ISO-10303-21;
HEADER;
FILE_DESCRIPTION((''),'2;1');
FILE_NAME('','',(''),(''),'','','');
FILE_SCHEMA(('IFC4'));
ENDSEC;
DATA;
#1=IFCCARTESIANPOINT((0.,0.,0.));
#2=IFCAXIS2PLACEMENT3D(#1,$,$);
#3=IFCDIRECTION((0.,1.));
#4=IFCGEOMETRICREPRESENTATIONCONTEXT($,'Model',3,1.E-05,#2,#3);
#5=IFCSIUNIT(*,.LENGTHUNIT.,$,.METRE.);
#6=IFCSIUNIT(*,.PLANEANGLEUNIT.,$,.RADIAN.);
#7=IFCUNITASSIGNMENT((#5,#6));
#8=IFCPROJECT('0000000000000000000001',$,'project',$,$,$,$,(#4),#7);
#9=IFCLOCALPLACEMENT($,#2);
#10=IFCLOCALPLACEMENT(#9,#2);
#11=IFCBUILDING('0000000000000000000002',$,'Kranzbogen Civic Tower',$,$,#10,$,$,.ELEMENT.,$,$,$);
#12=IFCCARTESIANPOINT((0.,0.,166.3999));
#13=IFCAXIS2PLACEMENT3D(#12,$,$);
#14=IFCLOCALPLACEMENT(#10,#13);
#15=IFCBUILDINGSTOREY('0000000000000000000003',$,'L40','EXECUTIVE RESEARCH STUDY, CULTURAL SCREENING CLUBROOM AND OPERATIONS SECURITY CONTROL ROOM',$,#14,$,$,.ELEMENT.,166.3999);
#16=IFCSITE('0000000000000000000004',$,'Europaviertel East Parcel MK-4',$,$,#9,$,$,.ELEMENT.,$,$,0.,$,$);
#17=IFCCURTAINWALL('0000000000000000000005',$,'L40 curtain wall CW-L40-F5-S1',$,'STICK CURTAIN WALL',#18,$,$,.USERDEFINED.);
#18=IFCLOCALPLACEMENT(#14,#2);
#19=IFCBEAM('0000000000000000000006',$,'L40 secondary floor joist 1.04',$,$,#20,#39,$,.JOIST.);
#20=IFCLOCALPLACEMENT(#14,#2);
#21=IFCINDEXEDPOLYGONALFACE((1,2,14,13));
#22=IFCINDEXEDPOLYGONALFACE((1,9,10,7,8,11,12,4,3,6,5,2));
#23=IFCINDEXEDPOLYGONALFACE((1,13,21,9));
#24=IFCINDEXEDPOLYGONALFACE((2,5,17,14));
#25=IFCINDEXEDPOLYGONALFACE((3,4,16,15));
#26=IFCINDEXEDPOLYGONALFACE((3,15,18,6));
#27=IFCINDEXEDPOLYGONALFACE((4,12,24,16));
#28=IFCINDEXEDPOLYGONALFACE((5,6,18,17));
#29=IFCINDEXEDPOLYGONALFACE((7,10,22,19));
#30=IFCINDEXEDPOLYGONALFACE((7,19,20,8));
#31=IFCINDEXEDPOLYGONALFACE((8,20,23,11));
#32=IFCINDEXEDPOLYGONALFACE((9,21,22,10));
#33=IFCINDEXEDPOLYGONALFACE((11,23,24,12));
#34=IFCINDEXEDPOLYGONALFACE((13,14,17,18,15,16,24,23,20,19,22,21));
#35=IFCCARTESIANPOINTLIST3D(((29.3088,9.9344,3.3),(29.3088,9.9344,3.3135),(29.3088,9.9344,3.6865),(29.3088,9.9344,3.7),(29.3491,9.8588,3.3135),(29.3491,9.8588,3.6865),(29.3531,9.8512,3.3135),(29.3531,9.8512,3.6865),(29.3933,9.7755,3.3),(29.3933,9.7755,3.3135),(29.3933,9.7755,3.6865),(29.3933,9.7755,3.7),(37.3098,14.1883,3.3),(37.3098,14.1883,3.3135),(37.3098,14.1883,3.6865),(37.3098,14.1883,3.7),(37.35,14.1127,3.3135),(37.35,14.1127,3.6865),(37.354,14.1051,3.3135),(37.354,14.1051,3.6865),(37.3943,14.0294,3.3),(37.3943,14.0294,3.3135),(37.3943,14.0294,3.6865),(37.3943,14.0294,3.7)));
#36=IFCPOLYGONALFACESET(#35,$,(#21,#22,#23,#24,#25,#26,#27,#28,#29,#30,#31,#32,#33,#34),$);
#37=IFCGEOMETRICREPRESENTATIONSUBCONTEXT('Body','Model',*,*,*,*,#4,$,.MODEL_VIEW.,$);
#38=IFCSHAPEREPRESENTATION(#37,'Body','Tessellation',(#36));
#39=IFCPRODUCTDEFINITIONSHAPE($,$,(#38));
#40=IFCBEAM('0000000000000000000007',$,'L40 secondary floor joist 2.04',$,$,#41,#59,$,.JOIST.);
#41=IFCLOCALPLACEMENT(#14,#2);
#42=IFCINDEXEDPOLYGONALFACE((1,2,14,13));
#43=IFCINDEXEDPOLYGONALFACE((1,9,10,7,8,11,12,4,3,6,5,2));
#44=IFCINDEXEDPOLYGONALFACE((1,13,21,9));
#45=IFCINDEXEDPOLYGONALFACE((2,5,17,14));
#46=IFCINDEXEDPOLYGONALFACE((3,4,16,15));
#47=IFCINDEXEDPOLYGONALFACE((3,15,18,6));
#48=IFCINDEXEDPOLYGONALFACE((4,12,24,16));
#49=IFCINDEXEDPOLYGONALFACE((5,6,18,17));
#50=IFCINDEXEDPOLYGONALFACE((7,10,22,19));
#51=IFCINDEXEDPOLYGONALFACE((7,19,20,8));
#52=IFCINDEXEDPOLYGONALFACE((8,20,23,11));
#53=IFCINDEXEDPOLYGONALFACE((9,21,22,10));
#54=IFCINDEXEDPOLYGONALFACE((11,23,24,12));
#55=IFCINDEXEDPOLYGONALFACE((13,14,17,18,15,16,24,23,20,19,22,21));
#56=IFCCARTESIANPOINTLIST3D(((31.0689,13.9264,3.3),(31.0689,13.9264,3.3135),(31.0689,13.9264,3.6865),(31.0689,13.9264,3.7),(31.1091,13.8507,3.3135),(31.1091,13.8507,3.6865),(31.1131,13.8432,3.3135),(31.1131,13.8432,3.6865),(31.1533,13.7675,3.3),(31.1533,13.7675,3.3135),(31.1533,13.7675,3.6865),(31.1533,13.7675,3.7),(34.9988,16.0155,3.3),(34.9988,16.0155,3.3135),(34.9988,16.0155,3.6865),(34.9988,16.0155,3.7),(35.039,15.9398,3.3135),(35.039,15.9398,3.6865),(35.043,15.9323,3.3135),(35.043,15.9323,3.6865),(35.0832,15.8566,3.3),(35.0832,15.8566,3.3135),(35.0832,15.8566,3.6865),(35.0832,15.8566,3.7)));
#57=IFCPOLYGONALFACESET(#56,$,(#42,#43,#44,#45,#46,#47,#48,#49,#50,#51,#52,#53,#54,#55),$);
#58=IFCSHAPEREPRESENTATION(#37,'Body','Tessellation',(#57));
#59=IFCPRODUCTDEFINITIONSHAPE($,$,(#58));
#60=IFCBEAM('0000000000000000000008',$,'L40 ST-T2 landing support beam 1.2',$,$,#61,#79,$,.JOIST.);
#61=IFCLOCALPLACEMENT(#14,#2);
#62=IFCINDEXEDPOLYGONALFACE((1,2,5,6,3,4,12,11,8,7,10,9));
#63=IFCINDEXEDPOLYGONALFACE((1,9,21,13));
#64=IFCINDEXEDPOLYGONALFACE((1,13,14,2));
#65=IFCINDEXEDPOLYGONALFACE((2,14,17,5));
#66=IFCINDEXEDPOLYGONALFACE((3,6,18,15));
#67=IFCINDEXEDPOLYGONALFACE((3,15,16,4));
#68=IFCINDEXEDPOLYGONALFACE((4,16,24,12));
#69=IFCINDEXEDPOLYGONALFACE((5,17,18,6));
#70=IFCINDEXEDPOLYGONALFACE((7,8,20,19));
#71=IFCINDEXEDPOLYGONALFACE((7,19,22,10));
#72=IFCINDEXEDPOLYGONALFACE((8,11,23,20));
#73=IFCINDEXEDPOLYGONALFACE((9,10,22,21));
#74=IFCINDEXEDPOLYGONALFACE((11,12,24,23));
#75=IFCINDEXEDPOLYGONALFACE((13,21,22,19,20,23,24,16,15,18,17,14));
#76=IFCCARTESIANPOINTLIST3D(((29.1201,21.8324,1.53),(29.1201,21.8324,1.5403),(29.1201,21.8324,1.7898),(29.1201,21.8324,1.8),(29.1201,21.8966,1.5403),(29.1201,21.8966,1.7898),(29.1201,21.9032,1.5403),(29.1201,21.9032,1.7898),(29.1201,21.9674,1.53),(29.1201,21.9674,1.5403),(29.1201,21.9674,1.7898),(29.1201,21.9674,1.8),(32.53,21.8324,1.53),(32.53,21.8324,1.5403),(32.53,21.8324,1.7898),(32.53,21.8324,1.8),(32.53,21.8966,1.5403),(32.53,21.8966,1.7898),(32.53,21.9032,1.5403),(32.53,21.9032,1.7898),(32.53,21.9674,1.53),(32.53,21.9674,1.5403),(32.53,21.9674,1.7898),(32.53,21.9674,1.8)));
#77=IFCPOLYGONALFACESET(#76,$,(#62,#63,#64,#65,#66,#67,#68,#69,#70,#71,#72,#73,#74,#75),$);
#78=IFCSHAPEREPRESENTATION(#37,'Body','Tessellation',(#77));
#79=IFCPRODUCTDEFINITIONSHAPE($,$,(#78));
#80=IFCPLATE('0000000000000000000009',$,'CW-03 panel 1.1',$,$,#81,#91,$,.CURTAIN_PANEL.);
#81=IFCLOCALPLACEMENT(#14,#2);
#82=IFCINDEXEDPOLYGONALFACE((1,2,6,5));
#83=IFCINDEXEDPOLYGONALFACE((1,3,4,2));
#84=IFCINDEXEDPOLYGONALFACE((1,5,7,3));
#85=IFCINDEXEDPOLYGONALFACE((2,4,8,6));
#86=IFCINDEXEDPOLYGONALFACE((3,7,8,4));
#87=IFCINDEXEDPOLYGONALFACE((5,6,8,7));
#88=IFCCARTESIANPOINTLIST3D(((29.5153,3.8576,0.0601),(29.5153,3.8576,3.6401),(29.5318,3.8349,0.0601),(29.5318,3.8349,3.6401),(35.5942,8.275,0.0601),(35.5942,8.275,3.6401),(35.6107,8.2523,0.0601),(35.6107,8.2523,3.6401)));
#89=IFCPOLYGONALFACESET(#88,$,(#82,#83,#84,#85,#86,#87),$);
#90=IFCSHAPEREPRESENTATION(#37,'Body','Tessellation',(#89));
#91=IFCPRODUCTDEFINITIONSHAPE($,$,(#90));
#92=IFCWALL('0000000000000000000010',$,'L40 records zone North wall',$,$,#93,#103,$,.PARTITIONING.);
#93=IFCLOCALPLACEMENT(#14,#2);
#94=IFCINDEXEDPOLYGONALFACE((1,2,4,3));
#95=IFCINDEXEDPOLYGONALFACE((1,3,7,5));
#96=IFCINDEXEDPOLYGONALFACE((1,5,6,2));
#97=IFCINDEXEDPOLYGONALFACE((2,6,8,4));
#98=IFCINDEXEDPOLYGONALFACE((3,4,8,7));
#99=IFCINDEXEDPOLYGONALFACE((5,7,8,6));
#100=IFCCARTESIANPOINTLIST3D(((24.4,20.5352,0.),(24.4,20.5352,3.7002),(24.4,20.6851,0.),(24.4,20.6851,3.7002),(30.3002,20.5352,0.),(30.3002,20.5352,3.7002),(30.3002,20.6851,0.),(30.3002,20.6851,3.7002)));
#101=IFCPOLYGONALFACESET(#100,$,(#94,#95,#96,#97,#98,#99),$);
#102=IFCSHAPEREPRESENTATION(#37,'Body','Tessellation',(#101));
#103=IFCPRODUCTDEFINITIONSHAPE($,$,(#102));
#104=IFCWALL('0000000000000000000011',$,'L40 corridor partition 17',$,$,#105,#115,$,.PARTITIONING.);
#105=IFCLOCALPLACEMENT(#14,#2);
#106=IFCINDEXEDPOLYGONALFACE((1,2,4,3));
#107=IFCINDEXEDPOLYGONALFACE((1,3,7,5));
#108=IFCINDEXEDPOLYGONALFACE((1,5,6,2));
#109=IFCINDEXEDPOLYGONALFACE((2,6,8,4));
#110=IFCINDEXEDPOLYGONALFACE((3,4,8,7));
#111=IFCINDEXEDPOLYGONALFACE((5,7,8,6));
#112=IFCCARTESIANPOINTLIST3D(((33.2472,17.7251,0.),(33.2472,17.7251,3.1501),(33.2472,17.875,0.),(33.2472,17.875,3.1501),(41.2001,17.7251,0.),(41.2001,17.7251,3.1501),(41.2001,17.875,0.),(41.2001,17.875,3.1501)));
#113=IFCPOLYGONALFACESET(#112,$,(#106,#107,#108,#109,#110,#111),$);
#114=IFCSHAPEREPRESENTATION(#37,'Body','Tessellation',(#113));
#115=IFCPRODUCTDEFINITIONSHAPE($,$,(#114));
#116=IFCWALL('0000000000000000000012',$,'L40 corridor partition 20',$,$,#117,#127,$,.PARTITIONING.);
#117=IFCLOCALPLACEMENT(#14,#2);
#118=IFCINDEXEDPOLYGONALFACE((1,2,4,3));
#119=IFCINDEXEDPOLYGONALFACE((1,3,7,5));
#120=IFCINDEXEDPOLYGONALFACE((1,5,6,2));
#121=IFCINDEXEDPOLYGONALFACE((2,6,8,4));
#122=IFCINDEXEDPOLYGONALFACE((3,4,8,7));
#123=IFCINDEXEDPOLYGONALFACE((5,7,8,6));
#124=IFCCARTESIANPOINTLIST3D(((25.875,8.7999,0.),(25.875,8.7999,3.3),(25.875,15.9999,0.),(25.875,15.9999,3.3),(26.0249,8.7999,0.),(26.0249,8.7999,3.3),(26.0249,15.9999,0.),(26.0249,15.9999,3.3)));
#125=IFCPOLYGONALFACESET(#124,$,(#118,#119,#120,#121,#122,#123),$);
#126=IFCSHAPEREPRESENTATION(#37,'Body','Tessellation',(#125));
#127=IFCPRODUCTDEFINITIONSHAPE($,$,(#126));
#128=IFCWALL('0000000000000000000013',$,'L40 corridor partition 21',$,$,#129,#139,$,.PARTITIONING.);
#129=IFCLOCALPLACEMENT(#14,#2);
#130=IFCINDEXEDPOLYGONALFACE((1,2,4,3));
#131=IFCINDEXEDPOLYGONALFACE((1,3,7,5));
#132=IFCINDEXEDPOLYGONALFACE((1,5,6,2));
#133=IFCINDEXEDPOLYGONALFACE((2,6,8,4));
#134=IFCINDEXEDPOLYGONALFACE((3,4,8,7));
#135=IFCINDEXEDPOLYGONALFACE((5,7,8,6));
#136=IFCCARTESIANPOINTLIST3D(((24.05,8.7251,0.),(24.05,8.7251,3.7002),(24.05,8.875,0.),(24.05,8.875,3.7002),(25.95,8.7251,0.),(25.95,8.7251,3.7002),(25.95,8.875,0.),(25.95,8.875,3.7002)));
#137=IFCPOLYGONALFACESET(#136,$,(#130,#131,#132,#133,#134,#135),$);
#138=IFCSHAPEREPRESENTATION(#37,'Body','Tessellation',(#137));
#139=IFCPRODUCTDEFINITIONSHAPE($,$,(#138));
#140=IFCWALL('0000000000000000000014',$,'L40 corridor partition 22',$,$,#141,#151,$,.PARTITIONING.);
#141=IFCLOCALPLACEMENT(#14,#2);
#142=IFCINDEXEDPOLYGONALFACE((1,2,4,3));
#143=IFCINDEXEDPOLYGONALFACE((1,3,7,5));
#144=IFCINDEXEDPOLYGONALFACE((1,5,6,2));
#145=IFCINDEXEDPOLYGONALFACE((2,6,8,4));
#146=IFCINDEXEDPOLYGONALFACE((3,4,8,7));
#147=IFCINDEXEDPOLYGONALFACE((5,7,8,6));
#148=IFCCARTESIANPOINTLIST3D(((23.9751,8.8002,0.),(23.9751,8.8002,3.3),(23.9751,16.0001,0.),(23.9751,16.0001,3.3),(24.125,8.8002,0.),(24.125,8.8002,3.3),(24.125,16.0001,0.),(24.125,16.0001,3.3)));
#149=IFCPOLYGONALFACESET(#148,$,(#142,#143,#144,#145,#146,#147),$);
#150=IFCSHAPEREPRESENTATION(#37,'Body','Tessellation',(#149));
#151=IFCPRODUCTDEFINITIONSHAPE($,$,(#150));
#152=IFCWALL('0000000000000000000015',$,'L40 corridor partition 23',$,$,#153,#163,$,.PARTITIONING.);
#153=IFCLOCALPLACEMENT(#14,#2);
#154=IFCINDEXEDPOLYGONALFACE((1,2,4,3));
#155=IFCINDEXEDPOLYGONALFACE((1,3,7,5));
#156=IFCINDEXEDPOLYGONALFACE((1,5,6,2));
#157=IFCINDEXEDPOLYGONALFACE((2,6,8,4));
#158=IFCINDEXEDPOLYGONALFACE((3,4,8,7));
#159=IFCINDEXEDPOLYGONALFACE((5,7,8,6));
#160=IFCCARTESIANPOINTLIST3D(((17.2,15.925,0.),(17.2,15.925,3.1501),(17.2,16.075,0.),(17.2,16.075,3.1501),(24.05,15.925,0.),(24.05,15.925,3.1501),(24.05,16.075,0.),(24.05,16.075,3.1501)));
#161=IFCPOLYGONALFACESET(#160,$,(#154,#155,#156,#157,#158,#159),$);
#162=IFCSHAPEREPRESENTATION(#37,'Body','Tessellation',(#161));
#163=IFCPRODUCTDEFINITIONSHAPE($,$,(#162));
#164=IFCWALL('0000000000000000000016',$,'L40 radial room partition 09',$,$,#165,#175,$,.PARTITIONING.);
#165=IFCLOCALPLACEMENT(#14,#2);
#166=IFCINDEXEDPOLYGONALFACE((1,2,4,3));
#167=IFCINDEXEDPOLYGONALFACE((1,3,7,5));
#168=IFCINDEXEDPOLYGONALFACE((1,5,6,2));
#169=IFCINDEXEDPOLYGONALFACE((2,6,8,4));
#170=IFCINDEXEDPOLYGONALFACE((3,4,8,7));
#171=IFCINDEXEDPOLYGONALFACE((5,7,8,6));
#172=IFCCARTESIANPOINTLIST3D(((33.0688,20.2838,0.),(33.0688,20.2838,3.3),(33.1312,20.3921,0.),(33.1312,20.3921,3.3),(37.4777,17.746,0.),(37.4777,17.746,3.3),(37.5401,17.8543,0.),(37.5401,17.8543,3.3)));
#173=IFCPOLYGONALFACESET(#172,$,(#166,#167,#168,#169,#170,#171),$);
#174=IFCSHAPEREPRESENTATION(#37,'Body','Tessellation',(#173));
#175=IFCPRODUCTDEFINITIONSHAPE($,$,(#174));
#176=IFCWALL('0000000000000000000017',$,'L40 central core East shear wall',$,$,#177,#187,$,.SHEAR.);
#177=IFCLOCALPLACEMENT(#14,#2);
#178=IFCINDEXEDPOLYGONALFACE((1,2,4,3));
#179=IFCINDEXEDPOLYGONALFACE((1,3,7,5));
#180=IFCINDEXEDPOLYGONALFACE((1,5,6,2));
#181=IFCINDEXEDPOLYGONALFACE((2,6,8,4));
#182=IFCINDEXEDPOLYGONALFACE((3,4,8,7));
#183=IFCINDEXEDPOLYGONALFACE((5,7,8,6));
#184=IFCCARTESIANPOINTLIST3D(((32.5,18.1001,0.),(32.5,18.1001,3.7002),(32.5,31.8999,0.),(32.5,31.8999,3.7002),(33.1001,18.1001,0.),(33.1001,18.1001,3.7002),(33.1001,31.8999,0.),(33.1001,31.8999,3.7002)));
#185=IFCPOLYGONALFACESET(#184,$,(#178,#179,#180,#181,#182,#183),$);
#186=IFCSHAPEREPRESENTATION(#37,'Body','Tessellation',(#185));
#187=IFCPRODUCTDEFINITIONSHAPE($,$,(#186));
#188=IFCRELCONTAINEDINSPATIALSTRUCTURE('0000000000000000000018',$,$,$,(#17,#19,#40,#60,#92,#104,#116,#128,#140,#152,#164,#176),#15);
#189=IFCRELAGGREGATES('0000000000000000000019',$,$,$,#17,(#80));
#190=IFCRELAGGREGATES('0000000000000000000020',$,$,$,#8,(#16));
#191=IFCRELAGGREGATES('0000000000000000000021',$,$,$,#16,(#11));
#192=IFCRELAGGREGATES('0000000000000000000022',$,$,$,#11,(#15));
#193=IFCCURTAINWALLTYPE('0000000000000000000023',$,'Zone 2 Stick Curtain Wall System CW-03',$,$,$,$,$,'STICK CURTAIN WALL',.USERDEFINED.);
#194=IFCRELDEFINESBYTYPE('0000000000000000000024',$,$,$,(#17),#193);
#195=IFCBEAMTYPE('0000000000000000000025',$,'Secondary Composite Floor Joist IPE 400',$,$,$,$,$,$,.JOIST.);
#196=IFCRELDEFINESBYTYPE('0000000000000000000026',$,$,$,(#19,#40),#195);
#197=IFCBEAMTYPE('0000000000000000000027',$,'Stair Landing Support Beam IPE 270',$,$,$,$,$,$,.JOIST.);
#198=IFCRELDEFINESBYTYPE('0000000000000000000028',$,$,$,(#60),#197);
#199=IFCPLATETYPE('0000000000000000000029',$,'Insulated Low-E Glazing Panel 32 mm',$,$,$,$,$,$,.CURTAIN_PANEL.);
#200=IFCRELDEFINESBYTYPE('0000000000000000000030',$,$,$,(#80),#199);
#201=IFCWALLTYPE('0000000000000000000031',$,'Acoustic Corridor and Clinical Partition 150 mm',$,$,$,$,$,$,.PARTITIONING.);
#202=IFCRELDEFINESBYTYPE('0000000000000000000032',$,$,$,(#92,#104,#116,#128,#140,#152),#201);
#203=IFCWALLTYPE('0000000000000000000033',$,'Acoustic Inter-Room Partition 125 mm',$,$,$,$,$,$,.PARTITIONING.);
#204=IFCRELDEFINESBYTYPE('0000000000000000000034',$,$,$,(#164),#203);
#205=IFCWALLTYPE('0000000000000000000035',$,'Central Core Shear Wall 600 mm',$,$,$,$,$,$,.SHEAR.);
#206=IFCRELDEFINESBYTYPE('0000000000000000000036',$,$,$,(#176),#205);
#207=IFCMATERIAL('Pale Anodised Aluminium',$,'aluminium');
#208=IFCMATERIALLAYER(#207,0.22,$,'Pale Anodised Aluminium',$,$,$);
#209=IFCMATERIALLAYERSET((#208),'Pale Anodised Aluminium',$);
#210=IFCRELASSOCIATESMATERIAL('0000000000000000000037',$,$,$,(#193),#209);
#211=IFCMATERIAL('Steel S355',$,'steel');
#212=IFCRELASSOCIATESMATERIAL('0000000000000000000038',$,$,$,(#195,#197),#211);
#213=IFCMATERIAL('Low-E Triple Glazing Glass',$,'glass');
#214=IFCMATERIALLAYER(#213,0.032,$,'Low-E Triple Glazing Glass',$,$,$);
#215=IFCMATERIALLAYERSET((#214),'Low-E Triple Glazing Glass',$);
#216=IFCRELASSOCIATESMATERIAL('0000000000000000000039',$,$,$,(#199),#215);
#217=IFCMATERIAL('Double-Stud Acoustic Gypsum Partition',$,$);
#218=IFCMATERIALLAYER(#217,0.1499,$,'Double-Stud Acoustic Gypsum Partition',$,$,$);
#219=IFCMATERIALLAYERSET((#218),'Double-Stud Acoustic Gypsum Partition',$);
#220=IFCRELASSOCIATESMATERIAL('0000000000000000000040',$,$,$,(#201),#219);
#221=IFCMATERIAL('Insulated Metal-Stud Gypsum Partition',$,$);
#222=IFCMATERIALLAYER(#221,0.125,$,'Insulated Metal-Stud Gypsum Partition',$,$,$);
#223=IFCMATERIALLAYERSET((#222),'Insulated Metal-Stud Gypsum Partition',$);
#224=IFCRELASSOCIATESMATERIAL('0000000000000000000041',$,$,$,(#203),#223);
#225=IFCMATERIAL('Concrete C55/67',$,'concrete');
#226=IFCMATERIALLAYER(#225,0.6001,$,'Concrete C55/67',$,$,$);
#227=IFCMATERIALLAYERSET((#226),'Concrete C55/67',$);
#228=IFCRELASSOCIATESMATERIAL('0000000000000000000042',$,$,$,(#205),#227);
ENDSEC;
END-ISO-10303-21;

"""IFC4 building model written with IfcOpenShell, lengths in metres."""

from ifc_helpers import new_model, si_unit, direction, frame, frame_2d, origin, origin_2d, place, context, subcontext, project, spatial, rectangle, i_section, extrude, material, layer, layer_set, material_profile, profile_set, type_object, element, aggregate, save


model = new_model("IFC4")

# Units and contexts
model_context = context("Model", 3, precision=1e-05, world=origin(), true_north=direction((0.0, 1.0)))
body_context = subcontext(model_context, "Body", "Model", "MODEL_VIEW")
ifc_project = project(units=[si_unit("LENGTHUNIT", "METRE"), si_unit("PLANEANGLEUNIT", "RADIAN")], contexts=[model_context])

# Site, building, storey
site_placement = place(None, origin())
site = spatial("IfcSite", under=ifc_project, at=site_placement, Name="Europaviertel East Parcel MK-4", CompositionType="ELEMENT", RefElevation=0.0)
building_placement = place(site_placement, origin())
building = spatial("IfcBuilding", under=site, at=building_placement, Name="Kranzbogen Civic Tower", CompositionType="ELEMENT")
storey_placement = place(building_placement, frame((0.0, 0.0, 166.3999)))
storey = spatial("IfcBuildingStorey", under=building, at=storey_placement, Name="L40", Description="EXECUTIVE RESEARCH STUDY, CULTURAL SCREENING CLUBROOM AND OPERATIONS SECURITY CONTROL ROOM", CompositionType="ELEMENT", Elevation=166.3999)

# Shared definitions
ifc_material_1 = material(Name="Steel S355", Category="steel")

# Shared definitions
ifc_material_2 = material(Name="Pale Anodised Aluminium", Category="aluminium")
ifc_layer_1 = layer(ifc_material_2, 0.22, Name="Pale Anodised Aluminium")
ifc_layer_set_1 = layer_set([ifc_layer_1], Name="Pale Anodised Aluminium")
curtain_wall_type = type_object("IfcCurtainWallType", Name="Zone 2 Stick Curtain Wall System CW-03", ElementType="STICK CURTAIN WALL", PredefinedType="USERDEFINED", material=ifc_layer_set_1)

# Curtain wall
curtain_wall_1_placement = place(storey_placement, origin())
curtain_wall_1 = element("IfcCurtainWall", 1, at=curtain_wall_1_placement, inside=storey, type_object=curtain_wall_type, Name="L40 curtain wall CW-L40-F5-S1", ObjectType="STICK CURTAIN WALL", PredefinedType="USERDEFINED")

# Beams
ifc_material_profile_1 = material_profile(ifc_material_1, i_section(OverallWidth=0.1799, OverallDepth=0.3999, WebThickness=0.0085, FlangeThickness=0.0134, at=origin_2d()), Name="IPE 400")
ifc_profile_set_1 = profile_set([ifc_material_profile_1], Name="Steel S355")
beam_type_1 = type_object("IfcBeamType", Name="Secondary Composite Floor Joist IPE 400", PredefinedType="JOIST", material=ifc_profile_set_1)
beam_1_placement = place(storey_placement, frame((29.3511, 9.855, 3.5), z_axis=(0.882961, 0.469447, 0.0), x_axis=(-0.469447, 0.882961, 0.0)))
element("IfcBeam", 2, at=beam_1_placement, inside=storey, type_object=beam_type_1, Name="L40 secondary floor joist 1.04", PredefinedType="JOIST", context=body_context, shape_type="SweptSolid", body=[
    extrude(i_section(OverallWidth=0.1799, OverallDepth=0.3999, WebThickness=0.0085, FlangeThickness=0.0134, at=origin_2d()), origin(), (0.0, 0.0, 1.0), 9.0615),
])
beam_2_placement = place(storey_placement, frame((31.1111, 13.8469, 3.5), z_axis=(0.882991, 0.469389, 0.0), x_axis=(-0.469389, 0.882991, 0.0)))
element("IfcBeam", 3, at=beam_2_placement, inside=storey, type_object=beam_type_1, Name="L40 secondary floor joist 2.04", PredefinedType="JOIST", context=body_context, shape_type="SweptSolid", body=[
    extrude(i_section(OverallWidth=0.1799, OverallDepth=0.3999, WebThickness=0.0085, FlangeThickness=0.0134, at=origin_2d()), origin(), (0.0, 0.0, 1.0), 4.4507),
])
ifc_material_profile_2 = material_profile(ifc_material_1, i_section(OverallWidth=0.135, OverallDepth=0.27, WebThickness=0.0066, FlangeThickness=0.0103, at=origin_2d()), Name="IPE 270")
ifc_profile_set_2 = profile_set([ifc_material_profile_2], Name="Steel S355")
beam_type_2 = type_object("IfcBeamType", Name="Stair Landing Support Beam IPE 270", PredefinedType="JOIST", material=ifc_profile_set_2)
beam_3_placement = place(storey_placement, frame((29.1201, 21.8999, 1.665), z_axis=(1.0, 0.0, 0.0), x_axis=(0.0, 1.0, 0.0)))
element("IfcBeam", 4, at=beam_3_placement, inside=storey, type_object=beam_type_2, Name="L40 ST-T2 landing support beam 1.2", PredefinedType="JOIST", context=body_context, shape_type="SweptSolid", body=[
    extrude(i_section(OverallWidth=0.135, OverallDepth=0.27, WebThickness=0.0066, FlangeThickness=0.0103, at=origin_2d()), origin(), (0.0, 0.0, 1.0), 3.4099),
])

# Plate
ifc_material_3 = material(Name="Low-E Triple Glazing Glass", Category="glass")
ifc_layer_2 = layer(ifc_material_3, 0.032, Name="Low-E Triple Glazing Glass")
ifc_layer_set_2 = layer_set([ifc_layer_2], Name="Low-E Triple Glazing Glass")
plate_type = type_object("IfcPlateType", Name="Insulated Low-E Glazing Panel 32 mm", PredefinedType="CURTAIN_PANEL", material=ifc_layer_set_2)
plate_placement = place(storey_placement, frame((32.563, 6.0549, 0.0601), z_axis=(0.0, 0.0, 1.0), x_axis=(0.808963, 0.58786, 0.0)))
plate = element("IfcPlate", 5, at=plate_placement, type_object=plate_type, Name="CW-03 panel 1.1", PredefinedType="CURTAIN_PANEL", context=body_context, shape_type="SweptSolid", body=[
    extrude(rectangle(XDim=7.5144, YDim=0.0281, at=origin_2d()), origin(), (0.0, 0.0, 1.0), 3.5801),
])
aggregate(curtain_wall_1, [plate])

# Walls
ifc_material_4 = material(Name="Double-Stud Acoustic Gypsum Partition")
ifc_layer_3 = layer(ifc_material_4, 0.1499, Name="Double-Stud Acoustic Gypsum Partition")
ifc_layer_set_3 = layer_set([ifc_layer_3], Name="Double-Stud Acoustic Gypsum Partition")
wall_type_1 = type_object("IfcWallType", Name="Acoustic Corridor and Clinical Partition 150 mm", PredefinedType="PARTITIONING", material=ifc_layer_set_3)
wall_1_placement = place(storey_placement, frame((24.3999, 20.6101, 0.0), z_axis=(0.0, 0.0, 1.0), x_axis=(1.0, 0.0, 0.0)))
element("IfcWall", 6, at=wall_1_placement, inside=storey, type_object=wall_type_1, Name="L40 records zone North wall", PredefinedType="PARTITIONING", context=body_context, shape_type="SweptSolid", body=[
    extrude(rectangle(XDim=5.9001, YDim=0.1499, at=frame_2d((2.9502, 0.0))), origin(), (0.0, 0.0, 1.0), 3.7002),
])
wall_2_placement = place(storey_placement, frame((33.2471, 17.8, 0.0), z_axis=(0.0, 0.0, 1.0), x_axis=(1.0, 0.0, 0.0)))
element("IfcWall", 7, at=wall_2_placement, inside=storey, type_object=wall_type_1, Name="L40 corridor partition 17", PredefinedType="PARTITIONING", context=body_context, shape_type="SweptSolid", body=[
    extrude(rectangle(XDim=7.9529, YDim=0.1499, at=frame_2d((3.9766, 0.0))), origin(), (0.0, 0.0, 1.0), 3.1501),
])
wall_3_placement = place(storey_placement, frame((25.95, 16.0, 0.0), z_axis=(0.0, 0.0, 1.0), x_axis=(0.0, -1.0, 0.0)))
element("IfcWall", 8, at=wall_3_placement, inside=storey, type_object=wall_type_1, Name="L40 corridor partition 20", PredefinedType="PARTITIONING", context=body_context, shape_type="SweptSolid", body=[
    extrude(rectangle(XDim=7.2, YDim=0.1499, at=frame_2d((3.6001, 0.0))), origin(), (0.0, 0.0, 1.0), 3.3),
])
wall_4_placement = place(storey_placement, frame((25.95, 8.8, 0.0), z_axis=(0.0, 0.0, 1.0), x_axis=(-1.0, 0.0, 0.0)))
element("IfcWall", 9, at=wall_4_placement, inside=storey, type_object=wall_type_1, Name="L40 corridor partition 21", PredefinedType="PARTITIONING", context=body_context, shape_type="SweptSolid", body=[
    extrude(rectangle(XDim=1.8999, YDim=0.1499, at=frame_2d((0.95, 0.0))), origin(), (0.0, 0.0, 1.0), 3.7002),
])
wall_5_placement = place(storey_placement, frame((24.05, 8.8, 0.0), z_axis=(0.0, 0.0, 1.0), x_axis=(0.0, 1.0, 0.0)))
element("IfcWall", 10, at=wall_5_placement, inside=storey, type_object=wall_type_1, Name="L40 corridor partition 22", PredefinedType="PARTITIONING", context=body_context, shape_type="SweptSolid", body=[
    extrude(rectangle(XDim=7.2, YDim=0.1499, at=frame_2d((3.6001, 0.0))), origin(), (0.0, 0.0, 1.0), 3.3),
])
wall_6_placement = place(storey_placement, frame((24.05, 16.0, 0.0), z_axis=(0.0, 0.0, 1.0), x_axis=(-1.0, 0.0, 0.0)))
element("IfcWall", 11, at=wall_6_placement, inside=storey, type_object=wall_type_1, Name="L40 corridor partition 23", PredefinedType="PARTITIONING", context=body_context, shape_type="SweptSolid", body=[
    extrude(rectangle(XDim=6.8501, YDim=0.1499, at=frame_2d((3.425, 0.0))), origin(), (0.0, 0.0, 1.0), 3.1501),
])
ifc_material_5 = material(Name="Insulated Metal-Stud Gypsum Partition")
ifc_layer_4 = layer(ifc_material_5, 0.125, Name="Insulated Metal-Stud Gypsum Partition")
ifc_layer_set_4 = layer_set([ifc_layer_4], Name="Insulated Metal-Stud Gypsum Partition")
wall_type_2 = type_object("IfcWallType", Name="Acoustic Inter-Room Partition 125 mm", PredefinedType="PARTITIONING", material=ifc_layer_set_4)
wall_7_placement = place(storey_placement, frame((33.1001, 20.3379, 0.0), z_axis=(0.0, 0.0, 1.0), x_axis=(0.866677, -0.498871, 0.0)))
element("IfcWall", 12, at=wall_7_placement, inside=storey, type_object=wall_type_2, Name="L40 radial room partition 09", PredefinedType="PARTITIONING", context=body_context, shape_type="SweptSolid", body=[
    extrude(rectangle(XDim=5.0872, YDim=0.125, at=frame_2d((2.5435, 0.0))), origin(), (0.0, 0.0, 1.0), 3.3),
])
ifc_material_6 = material(Name="Concrete C55/67", Category="concrete")
ifc_layer_5 = layer(ifc_material_6, 0.6001, Name="Concrete C55/67")
ifc_layer_set_5 = layer_set([ifc_layer_5], Name="Concrete C55/67")
wall_type_3 = type_object("IfcWallType", Name="Central Core Shear Wall 600 mm", PredefinedType="SHEAR", material=ifc_layer_set_5)
wall_8_placement = place(storey_placement, frame((32.8, 18.1001, 0.0), z_axis=(0.0, 0.0, 1.0), x_axis=(0.0, 1.0, 0.0)))
element("IfcWall", 13, at=wall_8_placement, inside=storey, type_object=wall_type_3, Name="L40 central core East shear wall", PredefinedType="SHEAR", context=body_context, shape_type="SweptSolid", body=[
    extrude(rectangle(XDim=13.7998, YDim=0.6001, at=frame_2d((6.8999, 0.0))), origin(), (0.0, 0.0, 1.0), 3.7002),
])

save(model, "model.ifc")
